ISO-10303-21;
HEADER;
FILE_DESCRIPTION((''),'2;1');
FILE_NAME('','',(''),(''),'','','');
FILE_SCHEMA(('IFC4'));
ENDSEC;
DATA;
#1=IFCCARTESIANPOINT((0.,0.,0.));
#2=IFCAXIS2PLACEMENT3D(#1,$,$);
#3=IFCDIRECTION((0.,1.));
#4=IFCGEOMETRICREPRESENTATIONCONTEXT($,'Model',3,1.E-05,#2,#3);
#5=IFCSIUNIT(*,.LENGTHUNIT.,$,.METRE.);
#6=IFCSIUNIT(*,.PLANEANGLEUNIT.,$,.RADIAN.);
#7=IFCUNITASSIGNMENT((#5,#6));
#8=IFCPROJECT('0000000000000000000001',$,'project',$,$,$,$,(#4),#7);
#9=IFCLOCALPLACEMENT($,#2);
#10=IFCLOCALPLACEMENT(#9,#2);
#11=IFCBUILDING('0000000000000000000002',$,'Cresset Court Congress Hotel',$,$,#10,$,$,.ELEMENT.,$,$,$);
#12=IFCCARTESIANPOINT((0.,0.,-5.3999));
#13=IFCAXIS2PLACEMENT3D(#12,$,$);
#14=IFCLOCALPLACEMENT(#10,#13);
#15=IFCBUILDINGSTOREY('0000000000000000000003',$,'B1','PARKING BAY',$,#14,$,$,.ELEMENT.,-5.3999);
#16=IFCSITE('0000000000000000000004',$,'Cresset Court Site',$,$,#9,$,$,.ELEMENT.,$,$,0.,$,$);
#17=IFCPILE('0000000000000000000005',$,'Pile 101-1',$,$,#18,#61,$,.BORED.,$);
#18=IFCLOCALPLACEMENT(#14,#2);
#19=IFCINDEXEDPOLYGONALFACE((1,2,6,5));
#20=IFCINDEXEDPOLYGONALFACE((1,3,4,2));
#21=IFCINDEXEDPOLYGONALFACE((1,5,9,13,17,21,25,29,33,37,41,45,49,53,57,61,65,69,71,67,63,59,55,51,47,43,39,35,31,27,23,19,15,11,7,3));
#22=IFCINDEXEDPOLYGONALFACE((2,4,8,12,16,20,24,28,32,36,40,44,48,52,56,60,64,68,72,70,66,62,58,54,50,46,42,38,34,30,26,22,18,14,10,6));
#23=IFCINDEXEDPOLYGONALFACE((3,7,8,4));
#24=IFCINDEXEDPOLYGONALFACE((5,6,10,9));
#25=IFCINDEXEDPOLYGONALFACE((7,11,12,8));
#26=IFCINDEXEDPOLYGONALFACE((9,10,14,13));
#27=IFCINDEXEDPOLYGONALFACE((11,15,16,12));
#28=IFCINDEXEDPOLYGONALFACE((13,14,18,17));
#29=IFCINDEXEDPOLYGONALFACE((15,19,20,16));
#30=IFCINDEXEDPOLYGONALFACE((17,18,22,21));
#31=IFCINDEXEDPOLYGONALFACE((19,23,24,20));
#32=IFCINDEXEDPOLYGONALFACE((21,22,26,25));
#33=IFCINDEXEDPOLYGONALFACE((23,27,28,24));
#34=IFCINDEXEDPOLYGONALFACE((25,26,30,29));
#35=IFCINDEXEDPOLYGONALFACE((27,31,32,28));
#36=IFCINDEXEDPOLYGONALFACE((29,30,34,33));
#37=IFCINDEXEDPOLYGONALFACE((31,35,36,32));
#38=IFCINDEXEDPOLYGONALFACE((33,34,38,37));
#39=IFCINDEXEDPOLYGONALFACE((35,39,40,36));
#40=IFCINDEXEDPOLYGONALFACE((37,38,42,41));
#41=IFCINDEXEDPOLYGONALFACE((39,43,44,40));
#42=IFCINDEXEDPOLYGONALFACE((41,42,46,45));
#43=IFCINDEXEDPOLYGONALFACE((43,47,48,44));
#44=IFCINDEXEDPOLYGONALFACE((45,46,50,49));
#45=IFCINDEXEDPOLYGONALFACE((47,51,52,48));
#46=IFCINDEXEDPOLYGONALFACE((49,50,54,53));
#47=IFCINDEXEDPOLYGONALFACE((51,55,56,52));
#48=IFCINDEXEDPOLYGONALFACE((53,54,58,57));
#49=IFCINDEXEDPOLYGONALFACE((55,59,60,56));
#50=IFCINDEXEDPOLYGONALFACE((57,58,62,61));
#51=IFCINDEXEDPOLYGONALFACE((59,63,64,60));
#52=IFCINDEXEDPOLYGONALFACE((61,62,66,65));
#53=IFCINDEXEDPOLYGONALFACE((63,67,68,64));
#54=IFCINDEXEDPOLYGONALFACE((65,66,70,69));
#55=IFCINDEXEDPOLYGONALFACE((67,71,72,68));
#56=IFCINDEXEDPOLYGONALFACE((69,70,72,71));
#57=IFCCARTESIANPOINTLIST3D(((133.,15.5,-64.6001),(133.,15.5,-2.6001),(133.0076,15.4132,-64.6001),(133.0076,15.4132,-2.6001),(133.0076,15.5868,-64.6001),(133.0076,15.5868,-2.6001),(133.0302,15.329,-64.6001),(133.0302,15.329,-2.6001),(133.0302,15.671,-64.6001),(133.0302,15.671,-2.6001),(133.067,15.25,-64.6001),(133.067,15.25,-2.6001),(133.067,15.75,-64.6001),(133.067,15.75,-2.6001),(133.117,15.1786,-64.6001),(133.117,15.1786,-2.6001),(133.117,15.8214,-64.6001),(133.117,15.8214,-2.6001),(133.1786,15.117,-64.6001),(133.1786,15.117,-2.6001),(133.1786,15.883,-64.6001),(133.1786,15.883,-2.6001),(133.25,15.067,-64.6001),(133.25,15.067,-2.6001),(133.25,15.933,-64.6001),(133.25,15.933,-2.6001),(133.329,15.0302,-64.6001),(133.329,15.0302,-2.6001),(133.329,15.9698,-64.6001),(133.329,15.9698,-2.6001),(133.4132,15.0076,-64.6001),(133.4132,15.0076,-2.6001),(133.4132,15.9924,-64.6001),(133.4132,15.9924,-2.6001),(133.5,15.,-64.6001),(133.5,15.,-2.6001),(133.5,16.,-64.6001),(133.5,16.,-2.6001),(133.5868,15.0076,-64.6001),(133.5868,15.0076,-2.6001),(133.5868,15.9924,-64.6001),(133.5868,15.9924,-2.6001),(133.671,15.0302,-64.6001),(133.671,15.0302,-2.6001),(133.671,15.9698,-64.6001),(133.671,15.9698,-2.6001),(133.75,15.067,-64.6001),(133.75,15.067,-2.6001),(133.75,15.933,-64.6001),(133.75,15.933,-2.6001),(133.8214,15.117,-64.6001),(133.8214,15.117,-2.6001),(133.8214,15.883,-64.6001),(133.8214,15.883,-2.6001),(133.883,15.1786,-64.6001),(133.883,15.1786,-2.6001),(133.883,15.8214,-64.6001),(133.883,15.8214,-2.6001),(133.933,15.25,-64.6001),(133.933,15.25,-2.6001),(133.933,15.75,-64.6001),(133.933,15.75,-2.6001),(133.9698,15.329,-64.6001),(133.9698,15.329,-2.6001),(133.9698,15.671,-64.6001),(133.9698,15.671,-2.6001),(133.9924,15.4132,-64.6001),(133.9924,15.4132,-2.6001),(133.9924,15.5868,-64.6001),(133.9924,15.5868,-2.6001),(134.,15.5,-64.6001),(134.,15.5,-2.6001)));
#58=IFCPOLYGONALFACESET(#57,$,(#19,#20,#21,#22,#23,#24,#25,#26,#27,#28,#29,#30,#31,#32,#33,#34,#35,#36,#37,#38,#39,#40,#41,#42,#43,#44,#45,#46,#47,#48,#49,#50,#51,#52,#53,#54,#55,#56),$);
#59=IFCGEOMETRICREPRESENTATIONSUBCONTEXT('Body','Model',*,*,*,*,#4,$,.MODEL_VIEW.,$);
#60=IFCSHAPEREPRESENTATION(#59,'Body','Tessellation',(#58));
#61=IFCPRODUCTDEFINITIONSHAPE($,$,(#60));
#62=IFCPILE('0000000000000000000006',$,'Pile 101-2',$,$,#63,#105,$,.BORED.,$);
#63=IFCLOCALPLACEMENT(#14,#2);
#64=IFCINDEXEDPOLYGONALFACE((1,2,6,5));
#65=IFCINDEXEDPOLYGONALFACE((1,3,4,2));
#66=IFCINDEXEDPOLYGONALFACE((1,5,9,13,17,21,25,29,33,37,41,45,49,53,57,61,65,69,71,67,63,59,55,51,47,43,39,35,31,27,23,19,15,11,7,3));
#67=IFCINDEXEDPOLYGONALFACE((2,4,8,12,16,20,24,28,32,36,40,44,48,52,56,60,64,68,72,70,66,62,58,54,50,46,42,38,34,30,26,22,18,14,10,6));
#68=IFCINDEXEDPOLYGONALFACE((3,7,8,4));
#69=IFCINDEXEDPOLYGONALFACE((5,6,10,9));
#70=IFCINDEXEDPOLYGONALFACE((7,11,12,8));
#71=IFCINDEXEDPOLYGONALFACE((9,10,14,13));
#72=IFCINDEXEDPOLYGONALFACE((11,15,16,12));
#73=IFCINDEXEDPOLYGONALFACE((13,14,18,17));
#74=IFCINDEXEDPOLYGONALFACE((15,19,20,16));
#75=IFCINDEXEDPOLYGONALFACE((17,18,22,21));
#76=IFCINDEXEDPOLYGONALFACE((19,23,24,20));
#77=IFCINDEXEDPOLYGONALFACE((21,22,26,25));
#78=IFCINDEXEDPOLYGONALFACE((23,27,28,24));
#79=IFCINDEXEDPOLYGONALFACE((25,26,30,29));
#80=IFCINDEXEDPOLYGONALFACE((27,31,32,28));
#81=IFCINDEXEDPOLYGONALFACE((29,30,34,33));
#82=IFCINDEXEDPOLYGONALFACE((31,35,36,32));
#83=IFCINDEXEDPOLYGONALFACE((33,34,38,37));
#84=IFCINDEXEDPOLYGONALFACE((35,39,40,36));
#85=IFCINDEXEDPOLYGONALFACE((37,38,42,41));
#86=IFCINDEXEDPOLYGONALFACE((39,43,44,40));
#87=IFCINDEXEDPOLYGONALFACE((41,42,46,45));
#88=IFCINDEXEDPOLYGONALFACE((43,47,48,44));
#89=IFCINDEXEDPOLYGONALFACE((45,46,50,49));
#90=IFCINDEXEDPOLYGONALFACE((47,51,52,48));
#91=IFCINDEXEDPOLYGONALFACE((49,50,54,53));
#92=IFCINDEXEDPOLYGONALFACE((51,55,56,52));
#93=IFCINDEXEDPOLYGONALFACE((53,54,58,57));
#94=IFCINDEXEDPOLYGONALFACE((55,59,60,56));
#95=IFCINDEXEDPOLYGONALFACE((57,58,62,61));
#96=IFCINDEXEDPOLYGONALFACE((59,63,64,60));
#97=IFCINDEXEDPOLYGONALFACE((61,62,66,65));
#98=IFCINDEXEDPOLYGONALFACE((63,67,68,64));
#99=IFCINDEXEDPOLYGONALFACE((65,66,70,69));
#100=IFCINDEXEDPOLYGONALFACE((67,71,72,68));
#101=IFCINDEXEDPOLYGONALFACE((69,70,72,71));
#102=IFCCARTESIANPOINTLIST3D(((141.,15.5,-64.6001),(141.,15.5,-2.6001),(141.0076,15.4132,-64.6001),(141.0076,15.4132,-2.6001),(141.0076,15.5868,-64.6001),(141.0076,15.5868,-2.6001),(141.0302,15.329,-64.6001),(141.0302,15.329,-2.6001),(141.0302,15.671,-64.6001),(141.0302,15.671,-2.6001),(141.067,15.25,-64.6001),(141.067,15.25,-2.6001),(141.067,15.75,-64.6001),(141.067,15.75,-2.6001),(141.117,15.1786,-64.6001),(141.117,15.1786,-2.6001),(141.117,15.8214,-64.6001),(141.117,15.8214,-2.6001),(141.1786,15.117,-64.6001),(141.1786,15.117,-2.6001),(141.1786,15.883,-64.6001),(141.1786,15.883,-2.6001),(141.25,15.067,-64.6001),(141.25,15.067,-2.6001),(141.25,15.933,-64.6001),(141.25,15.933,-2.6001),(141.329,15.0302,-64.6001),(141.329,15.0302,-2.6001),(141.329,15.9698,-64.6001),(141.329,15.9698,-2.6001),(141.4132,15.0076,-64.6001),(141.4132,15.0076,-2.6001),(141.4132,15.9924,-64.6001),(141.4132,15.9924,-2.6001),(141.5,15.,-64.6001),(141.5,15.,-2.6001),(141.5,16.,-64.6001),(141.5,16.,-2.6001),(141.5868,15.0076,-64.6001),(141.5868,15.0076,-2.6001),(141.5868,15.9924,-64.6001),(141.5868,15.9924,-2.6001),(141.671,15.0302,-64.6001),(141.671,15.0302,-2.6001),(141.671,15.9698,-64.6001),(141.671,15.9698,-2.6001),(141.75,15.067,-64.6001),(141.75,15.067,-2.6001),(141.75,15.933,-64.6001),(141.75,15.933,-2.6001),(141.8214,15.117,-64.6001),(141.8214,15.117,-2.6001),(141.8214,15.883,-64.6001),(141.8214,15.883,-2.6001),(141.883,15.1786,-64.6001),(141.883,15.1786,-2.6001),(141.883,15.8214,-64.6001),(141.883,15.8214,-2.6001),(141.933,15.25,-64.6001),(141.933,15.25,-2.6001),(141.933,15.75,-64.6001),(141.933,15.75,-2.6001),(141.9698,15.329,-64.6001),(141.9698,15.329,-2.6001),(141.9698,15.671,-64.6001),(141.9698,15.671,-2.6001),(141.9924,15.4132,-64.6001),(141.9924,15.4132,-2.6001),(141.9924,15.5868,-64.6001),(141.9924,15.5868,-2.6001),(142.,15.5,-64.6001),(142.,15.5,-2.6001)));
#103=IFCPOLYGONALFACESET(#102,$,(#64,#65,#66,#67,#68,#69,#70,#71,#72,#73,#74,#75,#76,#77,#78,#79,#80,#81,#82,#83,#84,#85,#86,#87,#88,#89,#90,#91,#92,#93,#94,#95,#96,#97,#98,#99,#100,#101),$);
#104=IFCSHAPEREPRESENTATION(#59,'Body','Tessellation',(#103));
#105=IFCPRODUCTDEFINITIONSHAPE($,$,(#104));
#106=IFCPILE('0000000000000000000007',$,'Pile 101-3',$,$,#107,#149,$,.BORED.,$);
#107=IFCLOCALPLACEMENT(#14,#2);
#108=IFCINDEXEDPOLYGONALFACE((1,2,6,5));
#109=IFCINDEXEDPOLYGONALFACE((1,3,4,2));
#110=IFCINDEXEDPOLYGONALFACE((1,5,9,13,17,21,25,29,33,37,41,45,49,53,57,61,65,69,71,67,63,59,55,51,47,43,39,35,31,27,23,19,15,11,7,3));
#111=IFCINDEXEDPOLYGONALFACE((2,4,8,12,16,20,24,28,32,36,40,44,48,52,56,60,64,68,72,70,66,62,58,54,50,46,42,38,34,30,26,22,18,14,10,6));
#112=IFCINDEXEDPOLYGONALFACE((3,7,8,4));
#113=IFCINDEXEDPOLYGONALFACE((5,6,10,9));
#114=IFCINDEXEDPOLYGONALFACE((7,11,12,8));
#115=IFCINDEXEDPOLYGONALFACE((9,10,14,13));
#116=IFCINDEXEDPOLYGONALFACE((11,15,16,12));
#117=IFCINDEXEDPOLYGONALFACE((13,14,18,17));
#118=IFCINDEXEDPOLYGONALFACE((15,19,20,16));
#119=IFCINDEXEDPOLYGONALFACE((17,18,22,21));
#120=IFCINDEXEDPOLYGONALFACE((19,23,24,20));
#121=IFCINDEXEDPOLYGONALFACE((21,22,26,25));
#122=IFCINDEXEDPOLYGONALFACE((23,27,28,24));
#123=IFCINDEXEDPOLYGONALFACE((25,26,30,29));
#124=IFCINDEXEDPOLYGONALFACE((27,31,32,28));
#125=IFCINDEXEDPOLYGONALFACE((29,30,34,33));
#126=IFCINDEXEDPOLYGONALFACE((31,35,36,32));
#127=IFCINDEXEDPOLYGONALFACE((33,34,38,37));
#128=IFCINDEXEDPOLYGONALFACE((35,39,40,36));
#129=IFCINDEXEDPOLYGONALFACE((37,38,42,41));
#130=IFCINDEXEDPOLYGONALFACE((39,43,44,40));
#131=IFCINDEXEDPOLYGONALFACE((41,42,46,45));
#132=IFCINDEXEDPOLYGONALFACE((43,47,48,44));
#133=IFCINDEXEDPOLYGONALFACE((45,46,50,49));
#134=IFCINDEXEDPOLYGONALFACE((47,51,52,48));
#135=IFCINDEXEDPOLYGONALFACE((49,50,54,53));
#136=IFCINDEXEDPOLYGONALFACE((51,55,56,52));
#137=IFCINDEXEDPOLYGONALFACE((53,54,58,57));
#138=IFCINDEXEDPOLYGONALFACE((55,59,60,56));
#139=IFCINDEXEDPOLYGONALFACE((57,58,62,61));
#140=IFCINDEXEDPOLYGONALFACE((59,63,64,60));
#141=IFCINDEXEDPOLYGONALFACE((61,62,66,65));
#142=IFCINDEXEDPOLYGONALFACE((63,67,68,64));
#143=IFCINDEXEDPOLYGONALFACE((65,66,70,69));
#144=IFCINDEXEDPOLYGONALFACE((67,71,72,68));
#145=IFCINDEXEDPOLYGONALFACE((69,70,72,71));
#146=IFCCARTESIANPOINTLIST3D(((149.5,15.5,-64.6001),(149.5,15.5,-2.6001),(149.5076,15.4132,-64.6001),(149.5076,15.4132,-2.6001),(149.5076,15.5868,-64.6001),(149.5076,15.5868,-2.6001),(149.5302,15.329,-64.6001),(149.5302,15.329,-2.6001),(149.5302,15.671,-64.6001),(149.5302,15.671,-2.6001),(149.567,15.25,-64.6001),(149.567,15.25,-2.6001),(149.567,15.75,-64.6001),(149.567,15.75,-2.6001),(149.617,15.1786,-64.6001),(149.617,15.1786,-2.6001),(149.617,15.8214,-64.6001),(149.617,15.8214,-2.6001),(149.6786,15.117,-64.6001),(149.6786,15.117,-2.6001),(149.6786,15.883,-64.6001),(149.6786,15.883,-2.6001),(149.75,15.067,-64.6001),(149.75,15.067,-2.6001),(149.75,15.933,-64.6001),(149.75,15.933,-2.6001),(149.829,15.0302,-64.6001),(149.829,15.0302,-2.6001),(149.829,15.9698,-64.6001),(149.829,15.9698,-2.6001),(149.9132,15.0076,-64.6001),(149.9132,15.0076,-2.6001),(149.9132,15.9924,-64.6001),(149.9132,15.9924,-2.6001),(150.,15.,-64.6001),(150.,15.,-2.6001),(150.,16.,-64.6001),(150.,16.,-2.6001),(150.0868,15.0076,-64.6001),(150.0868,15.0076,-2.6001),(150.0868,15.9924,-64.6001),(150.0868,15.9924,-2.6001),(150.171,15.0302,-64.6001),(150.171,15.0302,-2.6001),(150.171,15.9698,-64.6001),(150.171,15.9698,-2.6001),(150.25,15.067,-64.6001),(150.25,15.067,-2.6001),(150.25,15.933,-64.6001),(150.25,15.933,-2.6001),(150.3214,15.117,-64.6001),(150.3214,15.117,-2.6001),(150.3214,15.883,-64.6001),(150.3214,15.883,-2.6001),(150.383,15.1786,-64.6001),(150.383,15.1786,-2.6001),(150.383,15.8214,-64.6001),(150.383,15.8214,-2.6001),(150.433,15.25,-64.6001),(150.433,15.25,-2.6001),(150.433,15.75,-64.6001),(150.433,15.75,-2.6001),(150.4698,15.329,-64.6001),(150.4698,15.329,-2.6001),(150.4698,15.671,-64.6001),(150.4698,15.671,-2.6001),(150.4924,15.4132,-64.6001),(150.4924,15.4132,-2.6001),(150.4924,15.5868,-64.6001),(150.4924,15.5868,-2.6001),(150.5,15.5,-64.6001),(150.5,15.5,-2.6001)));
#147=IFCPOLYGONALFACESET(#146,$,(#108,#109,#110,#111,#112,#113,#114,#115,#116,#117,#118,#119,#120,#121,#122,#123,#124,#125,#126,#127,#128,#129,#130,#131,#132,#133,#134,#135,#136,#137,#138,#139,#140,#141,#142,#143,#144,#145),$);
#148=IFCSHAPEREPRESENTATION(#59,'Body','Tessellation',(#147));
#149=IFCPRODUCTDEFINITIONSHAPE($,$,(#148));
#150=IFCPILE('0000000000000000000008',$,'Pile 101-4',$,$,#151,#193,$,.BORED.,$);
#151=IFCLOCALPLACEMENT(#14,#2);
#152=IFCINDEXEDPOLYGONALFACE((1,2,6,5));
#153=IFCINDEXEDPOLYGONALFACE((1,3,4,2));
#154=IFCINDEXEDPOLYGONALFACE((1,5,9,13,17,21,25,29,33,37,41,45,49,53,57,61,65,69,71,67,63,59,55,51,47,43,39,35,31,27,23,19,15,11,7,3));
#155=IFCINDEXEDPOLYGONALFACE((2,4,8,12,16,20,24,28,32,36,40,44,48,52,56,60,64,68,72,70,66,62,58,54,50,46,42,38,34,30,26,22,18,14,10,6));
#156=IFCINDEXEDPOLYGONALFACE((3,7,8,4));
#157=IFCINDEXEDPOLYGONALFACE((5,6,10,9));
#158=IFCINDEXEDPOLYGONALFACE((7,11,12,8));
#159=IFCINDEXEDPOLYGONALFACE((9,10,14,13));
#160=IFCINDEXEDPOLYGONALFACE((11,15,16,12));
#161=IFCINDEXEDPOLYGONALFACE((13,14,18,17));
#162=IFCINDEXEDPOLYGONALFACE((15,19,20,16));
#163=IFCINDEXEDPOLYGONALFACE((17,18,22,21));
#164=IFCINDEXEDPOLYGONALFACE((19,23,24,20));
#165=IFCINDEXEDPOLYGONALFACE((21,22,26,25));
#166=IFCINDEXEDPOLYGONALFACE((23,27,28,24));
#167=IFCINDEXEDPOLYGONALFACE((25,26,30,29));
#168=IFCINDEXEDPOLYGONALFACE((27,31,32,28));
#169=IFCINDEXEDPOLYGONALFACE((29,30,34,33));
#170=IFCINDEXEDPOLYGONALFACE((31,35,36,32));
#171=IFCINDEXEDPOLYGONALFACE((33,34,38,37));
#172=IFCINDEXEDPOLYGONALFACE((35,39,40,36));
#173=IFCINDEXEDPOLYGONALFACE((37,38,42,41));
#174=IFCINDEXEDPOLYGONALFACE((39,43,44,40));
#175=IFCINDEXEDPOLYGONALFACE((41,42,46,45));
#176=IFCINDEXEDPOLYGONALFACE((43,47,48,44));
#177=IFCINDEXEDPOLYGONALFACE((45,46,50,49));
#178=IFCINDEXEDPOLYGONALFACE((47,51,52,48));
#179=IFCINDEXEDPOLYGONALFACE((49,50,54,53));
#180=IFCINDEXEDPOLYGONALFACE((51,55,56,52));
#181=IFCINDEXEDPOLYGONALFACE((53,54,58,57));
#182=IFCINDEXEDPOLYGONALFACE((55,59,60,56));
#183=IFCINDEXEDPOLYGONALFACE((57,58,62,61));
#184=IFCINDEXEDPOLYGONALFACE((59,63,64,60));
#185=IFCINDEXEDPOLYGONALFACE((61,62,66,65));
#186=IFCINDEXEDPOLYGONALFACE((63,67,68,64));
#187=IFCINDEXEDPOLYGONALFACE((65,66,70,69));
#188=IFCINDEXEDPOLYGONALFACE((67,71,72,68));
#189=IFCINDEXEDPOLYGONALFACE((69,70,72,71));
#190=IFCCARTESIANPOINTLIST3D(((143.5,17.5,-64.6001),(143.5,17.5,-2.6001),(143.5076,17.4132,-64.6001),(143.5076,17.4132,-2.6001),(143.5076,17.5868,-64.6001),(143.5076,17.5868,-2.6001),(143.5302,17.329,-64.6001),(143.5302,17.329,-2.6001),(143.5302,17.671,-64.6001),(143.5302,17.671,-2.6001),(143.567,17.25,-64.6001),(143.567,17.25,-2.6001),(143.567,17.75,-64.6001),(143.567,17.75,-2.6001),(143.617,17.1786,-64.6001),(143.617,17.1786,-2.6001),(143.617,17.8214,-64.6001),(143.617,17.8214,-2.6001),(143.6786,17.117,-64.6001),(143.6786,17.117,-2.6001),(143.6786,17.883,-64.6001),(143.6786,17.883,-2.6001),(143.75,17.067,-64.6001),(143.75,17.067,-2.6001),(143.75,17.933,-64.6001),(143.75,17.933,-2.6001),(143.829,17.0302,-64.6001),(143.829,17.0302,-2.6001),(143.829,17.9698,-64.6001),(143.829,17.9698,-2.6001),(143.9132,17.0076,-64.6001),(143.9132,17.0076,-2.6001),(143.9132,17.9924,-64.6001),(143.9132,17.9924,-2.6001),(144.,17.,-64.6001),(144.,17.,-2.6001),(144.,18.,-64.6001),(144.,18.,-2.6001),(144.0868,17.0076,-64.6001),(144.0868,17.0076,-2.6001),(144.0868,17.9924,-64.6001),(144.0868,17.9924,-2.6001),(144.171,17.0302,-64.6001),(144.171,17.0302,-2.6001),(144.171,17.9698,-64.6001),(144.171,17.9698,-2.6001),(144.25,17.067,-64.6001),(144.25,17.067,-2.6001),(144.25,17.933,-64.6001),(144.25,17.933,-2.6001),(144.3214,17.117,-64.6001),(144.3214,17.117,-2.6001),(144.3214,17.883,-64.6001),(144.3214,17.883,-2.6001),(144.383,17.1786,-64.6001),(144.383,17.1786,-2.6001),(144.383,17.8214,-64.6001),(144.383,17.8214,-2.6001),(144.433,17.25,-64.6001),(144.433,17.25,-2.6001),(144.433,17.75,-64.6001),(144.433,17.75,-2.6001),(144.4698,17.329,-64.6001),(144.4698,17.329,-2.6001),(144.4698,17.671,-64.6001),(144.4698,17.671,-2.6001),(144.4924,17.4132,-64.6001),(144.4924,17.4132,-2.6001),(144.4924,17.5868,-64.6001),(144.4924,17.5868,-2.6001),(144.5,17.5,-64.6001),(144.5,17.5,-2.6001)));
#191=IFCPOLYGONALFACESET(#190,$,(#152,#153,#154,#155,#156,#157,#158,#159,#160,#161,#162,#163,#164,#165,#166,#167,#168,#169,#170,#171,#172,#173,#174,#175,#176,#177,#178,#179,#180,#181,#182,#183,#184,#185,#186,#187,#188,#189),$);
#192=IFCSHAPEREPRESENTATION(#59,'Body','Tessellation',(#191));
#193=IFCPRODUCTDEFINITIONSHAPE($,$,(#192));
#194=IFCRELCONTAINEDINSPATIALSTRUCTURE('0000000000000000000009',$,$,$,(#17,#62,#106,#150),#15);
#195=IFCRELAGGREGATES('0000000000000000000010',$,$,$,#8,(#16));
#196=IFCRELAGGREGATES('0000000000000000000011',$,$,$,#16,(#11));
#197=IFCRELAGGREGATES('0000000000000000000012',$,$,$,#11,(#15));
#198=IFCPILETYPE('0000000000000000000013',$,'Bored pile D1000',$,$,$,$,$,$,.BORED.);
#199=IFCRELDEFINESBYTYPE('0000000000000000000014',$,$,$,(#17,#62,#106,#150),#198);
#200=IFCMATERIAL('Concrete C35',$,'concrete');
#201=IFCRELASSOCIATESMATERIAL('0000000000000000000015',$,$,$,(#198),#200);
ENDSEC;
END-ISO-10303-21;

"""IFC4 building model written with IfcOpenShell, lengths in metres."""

from ifc_helpers import new_model, si_unit, direction, frame, origin, origin_2d, place, context, subcontext, project, spatial, circle, extrude, material, type_object, element, save


model = new_model("IFC4")

# Units and contexts
model_context = context("Model", 3, precision=1e-05, world=origin(), true_north=direction((0.0, 1.0)))
body_context = subcontext(model_context, "Body", "Model", "MODEL_VIEW")
ifc_project = project(units=[si_unit("LENGTHUNIT", "METRE"), si_unit("PLANEANGLEUNIT", "RADIAN")], contexts=[model_context])

# Site, building, storey
site_placement = place(None, origin())
site = spatial("IfcSite", under=ifc_project, at=site_placement, Name="Cresset Court Site", CompositionType="ELEMENT", RefElevation=0.0)
building_placement = place(site_placement, origin())
building = spatial("IfcBuilding", under=site, at=building_placement, Name="Cresset Court Congress Hotel", CompositionType="ELEMENT")
storey_placement = place(building_placement, frame((0.0, 0.0, -5.3999)))
storey = spatial("IfcBuildingStorey", under=building, at=storey_placement, Name="B1", Description="PARKING BAY", CompositionType="ELEMENT", Elevation=-5.3999)

# Piles
ifc_material_1 = material(Name="Concrete C35", Category="concrete")
pile_type = type_object("IfcPileType", Name="Bored pile D1000", PredefinedType="BORED", material=ifc_material_1)
for number, where, z_axis, x_axis, name in (
    (1, (133.5, 15.5, -2.6001), (0.0, 0.0, -1.0), (1.0, 0.0, 0.0), "Pile 101-1"),
    (2, (141.5, 15.5, -2.6001), (0.0, 0.0, -1.0), (1.0, 0.0, 0.0), "Pile 101-2"),
    (3, (150.0, 15.5, -2.6001), (0.0, 0.0, -1.0), (1.0, 0.0, 0.0), "Pile 101-3"),
    (4, (144.0, 17.5, -2.6001), (0.0, 0.0, -1.0), (1.0, 0.0, 0.0), "Pile 101-4"),
):
    element("IfcPile", number, at=place(storey_placement, frame(where, z_axis=z_axis, x_axis=x_axis)), inside=storey, type_object=pile_type, Name=name, PredefinedType="BORED", context=body_context, shape_type="SweptSolid", body=[
        extrude(circle(Radius=0.5, at=origin_2d()), origin(), (0.0, 0.0, 1.0), 62.0),
    ])

save(model, "model.ifc")
